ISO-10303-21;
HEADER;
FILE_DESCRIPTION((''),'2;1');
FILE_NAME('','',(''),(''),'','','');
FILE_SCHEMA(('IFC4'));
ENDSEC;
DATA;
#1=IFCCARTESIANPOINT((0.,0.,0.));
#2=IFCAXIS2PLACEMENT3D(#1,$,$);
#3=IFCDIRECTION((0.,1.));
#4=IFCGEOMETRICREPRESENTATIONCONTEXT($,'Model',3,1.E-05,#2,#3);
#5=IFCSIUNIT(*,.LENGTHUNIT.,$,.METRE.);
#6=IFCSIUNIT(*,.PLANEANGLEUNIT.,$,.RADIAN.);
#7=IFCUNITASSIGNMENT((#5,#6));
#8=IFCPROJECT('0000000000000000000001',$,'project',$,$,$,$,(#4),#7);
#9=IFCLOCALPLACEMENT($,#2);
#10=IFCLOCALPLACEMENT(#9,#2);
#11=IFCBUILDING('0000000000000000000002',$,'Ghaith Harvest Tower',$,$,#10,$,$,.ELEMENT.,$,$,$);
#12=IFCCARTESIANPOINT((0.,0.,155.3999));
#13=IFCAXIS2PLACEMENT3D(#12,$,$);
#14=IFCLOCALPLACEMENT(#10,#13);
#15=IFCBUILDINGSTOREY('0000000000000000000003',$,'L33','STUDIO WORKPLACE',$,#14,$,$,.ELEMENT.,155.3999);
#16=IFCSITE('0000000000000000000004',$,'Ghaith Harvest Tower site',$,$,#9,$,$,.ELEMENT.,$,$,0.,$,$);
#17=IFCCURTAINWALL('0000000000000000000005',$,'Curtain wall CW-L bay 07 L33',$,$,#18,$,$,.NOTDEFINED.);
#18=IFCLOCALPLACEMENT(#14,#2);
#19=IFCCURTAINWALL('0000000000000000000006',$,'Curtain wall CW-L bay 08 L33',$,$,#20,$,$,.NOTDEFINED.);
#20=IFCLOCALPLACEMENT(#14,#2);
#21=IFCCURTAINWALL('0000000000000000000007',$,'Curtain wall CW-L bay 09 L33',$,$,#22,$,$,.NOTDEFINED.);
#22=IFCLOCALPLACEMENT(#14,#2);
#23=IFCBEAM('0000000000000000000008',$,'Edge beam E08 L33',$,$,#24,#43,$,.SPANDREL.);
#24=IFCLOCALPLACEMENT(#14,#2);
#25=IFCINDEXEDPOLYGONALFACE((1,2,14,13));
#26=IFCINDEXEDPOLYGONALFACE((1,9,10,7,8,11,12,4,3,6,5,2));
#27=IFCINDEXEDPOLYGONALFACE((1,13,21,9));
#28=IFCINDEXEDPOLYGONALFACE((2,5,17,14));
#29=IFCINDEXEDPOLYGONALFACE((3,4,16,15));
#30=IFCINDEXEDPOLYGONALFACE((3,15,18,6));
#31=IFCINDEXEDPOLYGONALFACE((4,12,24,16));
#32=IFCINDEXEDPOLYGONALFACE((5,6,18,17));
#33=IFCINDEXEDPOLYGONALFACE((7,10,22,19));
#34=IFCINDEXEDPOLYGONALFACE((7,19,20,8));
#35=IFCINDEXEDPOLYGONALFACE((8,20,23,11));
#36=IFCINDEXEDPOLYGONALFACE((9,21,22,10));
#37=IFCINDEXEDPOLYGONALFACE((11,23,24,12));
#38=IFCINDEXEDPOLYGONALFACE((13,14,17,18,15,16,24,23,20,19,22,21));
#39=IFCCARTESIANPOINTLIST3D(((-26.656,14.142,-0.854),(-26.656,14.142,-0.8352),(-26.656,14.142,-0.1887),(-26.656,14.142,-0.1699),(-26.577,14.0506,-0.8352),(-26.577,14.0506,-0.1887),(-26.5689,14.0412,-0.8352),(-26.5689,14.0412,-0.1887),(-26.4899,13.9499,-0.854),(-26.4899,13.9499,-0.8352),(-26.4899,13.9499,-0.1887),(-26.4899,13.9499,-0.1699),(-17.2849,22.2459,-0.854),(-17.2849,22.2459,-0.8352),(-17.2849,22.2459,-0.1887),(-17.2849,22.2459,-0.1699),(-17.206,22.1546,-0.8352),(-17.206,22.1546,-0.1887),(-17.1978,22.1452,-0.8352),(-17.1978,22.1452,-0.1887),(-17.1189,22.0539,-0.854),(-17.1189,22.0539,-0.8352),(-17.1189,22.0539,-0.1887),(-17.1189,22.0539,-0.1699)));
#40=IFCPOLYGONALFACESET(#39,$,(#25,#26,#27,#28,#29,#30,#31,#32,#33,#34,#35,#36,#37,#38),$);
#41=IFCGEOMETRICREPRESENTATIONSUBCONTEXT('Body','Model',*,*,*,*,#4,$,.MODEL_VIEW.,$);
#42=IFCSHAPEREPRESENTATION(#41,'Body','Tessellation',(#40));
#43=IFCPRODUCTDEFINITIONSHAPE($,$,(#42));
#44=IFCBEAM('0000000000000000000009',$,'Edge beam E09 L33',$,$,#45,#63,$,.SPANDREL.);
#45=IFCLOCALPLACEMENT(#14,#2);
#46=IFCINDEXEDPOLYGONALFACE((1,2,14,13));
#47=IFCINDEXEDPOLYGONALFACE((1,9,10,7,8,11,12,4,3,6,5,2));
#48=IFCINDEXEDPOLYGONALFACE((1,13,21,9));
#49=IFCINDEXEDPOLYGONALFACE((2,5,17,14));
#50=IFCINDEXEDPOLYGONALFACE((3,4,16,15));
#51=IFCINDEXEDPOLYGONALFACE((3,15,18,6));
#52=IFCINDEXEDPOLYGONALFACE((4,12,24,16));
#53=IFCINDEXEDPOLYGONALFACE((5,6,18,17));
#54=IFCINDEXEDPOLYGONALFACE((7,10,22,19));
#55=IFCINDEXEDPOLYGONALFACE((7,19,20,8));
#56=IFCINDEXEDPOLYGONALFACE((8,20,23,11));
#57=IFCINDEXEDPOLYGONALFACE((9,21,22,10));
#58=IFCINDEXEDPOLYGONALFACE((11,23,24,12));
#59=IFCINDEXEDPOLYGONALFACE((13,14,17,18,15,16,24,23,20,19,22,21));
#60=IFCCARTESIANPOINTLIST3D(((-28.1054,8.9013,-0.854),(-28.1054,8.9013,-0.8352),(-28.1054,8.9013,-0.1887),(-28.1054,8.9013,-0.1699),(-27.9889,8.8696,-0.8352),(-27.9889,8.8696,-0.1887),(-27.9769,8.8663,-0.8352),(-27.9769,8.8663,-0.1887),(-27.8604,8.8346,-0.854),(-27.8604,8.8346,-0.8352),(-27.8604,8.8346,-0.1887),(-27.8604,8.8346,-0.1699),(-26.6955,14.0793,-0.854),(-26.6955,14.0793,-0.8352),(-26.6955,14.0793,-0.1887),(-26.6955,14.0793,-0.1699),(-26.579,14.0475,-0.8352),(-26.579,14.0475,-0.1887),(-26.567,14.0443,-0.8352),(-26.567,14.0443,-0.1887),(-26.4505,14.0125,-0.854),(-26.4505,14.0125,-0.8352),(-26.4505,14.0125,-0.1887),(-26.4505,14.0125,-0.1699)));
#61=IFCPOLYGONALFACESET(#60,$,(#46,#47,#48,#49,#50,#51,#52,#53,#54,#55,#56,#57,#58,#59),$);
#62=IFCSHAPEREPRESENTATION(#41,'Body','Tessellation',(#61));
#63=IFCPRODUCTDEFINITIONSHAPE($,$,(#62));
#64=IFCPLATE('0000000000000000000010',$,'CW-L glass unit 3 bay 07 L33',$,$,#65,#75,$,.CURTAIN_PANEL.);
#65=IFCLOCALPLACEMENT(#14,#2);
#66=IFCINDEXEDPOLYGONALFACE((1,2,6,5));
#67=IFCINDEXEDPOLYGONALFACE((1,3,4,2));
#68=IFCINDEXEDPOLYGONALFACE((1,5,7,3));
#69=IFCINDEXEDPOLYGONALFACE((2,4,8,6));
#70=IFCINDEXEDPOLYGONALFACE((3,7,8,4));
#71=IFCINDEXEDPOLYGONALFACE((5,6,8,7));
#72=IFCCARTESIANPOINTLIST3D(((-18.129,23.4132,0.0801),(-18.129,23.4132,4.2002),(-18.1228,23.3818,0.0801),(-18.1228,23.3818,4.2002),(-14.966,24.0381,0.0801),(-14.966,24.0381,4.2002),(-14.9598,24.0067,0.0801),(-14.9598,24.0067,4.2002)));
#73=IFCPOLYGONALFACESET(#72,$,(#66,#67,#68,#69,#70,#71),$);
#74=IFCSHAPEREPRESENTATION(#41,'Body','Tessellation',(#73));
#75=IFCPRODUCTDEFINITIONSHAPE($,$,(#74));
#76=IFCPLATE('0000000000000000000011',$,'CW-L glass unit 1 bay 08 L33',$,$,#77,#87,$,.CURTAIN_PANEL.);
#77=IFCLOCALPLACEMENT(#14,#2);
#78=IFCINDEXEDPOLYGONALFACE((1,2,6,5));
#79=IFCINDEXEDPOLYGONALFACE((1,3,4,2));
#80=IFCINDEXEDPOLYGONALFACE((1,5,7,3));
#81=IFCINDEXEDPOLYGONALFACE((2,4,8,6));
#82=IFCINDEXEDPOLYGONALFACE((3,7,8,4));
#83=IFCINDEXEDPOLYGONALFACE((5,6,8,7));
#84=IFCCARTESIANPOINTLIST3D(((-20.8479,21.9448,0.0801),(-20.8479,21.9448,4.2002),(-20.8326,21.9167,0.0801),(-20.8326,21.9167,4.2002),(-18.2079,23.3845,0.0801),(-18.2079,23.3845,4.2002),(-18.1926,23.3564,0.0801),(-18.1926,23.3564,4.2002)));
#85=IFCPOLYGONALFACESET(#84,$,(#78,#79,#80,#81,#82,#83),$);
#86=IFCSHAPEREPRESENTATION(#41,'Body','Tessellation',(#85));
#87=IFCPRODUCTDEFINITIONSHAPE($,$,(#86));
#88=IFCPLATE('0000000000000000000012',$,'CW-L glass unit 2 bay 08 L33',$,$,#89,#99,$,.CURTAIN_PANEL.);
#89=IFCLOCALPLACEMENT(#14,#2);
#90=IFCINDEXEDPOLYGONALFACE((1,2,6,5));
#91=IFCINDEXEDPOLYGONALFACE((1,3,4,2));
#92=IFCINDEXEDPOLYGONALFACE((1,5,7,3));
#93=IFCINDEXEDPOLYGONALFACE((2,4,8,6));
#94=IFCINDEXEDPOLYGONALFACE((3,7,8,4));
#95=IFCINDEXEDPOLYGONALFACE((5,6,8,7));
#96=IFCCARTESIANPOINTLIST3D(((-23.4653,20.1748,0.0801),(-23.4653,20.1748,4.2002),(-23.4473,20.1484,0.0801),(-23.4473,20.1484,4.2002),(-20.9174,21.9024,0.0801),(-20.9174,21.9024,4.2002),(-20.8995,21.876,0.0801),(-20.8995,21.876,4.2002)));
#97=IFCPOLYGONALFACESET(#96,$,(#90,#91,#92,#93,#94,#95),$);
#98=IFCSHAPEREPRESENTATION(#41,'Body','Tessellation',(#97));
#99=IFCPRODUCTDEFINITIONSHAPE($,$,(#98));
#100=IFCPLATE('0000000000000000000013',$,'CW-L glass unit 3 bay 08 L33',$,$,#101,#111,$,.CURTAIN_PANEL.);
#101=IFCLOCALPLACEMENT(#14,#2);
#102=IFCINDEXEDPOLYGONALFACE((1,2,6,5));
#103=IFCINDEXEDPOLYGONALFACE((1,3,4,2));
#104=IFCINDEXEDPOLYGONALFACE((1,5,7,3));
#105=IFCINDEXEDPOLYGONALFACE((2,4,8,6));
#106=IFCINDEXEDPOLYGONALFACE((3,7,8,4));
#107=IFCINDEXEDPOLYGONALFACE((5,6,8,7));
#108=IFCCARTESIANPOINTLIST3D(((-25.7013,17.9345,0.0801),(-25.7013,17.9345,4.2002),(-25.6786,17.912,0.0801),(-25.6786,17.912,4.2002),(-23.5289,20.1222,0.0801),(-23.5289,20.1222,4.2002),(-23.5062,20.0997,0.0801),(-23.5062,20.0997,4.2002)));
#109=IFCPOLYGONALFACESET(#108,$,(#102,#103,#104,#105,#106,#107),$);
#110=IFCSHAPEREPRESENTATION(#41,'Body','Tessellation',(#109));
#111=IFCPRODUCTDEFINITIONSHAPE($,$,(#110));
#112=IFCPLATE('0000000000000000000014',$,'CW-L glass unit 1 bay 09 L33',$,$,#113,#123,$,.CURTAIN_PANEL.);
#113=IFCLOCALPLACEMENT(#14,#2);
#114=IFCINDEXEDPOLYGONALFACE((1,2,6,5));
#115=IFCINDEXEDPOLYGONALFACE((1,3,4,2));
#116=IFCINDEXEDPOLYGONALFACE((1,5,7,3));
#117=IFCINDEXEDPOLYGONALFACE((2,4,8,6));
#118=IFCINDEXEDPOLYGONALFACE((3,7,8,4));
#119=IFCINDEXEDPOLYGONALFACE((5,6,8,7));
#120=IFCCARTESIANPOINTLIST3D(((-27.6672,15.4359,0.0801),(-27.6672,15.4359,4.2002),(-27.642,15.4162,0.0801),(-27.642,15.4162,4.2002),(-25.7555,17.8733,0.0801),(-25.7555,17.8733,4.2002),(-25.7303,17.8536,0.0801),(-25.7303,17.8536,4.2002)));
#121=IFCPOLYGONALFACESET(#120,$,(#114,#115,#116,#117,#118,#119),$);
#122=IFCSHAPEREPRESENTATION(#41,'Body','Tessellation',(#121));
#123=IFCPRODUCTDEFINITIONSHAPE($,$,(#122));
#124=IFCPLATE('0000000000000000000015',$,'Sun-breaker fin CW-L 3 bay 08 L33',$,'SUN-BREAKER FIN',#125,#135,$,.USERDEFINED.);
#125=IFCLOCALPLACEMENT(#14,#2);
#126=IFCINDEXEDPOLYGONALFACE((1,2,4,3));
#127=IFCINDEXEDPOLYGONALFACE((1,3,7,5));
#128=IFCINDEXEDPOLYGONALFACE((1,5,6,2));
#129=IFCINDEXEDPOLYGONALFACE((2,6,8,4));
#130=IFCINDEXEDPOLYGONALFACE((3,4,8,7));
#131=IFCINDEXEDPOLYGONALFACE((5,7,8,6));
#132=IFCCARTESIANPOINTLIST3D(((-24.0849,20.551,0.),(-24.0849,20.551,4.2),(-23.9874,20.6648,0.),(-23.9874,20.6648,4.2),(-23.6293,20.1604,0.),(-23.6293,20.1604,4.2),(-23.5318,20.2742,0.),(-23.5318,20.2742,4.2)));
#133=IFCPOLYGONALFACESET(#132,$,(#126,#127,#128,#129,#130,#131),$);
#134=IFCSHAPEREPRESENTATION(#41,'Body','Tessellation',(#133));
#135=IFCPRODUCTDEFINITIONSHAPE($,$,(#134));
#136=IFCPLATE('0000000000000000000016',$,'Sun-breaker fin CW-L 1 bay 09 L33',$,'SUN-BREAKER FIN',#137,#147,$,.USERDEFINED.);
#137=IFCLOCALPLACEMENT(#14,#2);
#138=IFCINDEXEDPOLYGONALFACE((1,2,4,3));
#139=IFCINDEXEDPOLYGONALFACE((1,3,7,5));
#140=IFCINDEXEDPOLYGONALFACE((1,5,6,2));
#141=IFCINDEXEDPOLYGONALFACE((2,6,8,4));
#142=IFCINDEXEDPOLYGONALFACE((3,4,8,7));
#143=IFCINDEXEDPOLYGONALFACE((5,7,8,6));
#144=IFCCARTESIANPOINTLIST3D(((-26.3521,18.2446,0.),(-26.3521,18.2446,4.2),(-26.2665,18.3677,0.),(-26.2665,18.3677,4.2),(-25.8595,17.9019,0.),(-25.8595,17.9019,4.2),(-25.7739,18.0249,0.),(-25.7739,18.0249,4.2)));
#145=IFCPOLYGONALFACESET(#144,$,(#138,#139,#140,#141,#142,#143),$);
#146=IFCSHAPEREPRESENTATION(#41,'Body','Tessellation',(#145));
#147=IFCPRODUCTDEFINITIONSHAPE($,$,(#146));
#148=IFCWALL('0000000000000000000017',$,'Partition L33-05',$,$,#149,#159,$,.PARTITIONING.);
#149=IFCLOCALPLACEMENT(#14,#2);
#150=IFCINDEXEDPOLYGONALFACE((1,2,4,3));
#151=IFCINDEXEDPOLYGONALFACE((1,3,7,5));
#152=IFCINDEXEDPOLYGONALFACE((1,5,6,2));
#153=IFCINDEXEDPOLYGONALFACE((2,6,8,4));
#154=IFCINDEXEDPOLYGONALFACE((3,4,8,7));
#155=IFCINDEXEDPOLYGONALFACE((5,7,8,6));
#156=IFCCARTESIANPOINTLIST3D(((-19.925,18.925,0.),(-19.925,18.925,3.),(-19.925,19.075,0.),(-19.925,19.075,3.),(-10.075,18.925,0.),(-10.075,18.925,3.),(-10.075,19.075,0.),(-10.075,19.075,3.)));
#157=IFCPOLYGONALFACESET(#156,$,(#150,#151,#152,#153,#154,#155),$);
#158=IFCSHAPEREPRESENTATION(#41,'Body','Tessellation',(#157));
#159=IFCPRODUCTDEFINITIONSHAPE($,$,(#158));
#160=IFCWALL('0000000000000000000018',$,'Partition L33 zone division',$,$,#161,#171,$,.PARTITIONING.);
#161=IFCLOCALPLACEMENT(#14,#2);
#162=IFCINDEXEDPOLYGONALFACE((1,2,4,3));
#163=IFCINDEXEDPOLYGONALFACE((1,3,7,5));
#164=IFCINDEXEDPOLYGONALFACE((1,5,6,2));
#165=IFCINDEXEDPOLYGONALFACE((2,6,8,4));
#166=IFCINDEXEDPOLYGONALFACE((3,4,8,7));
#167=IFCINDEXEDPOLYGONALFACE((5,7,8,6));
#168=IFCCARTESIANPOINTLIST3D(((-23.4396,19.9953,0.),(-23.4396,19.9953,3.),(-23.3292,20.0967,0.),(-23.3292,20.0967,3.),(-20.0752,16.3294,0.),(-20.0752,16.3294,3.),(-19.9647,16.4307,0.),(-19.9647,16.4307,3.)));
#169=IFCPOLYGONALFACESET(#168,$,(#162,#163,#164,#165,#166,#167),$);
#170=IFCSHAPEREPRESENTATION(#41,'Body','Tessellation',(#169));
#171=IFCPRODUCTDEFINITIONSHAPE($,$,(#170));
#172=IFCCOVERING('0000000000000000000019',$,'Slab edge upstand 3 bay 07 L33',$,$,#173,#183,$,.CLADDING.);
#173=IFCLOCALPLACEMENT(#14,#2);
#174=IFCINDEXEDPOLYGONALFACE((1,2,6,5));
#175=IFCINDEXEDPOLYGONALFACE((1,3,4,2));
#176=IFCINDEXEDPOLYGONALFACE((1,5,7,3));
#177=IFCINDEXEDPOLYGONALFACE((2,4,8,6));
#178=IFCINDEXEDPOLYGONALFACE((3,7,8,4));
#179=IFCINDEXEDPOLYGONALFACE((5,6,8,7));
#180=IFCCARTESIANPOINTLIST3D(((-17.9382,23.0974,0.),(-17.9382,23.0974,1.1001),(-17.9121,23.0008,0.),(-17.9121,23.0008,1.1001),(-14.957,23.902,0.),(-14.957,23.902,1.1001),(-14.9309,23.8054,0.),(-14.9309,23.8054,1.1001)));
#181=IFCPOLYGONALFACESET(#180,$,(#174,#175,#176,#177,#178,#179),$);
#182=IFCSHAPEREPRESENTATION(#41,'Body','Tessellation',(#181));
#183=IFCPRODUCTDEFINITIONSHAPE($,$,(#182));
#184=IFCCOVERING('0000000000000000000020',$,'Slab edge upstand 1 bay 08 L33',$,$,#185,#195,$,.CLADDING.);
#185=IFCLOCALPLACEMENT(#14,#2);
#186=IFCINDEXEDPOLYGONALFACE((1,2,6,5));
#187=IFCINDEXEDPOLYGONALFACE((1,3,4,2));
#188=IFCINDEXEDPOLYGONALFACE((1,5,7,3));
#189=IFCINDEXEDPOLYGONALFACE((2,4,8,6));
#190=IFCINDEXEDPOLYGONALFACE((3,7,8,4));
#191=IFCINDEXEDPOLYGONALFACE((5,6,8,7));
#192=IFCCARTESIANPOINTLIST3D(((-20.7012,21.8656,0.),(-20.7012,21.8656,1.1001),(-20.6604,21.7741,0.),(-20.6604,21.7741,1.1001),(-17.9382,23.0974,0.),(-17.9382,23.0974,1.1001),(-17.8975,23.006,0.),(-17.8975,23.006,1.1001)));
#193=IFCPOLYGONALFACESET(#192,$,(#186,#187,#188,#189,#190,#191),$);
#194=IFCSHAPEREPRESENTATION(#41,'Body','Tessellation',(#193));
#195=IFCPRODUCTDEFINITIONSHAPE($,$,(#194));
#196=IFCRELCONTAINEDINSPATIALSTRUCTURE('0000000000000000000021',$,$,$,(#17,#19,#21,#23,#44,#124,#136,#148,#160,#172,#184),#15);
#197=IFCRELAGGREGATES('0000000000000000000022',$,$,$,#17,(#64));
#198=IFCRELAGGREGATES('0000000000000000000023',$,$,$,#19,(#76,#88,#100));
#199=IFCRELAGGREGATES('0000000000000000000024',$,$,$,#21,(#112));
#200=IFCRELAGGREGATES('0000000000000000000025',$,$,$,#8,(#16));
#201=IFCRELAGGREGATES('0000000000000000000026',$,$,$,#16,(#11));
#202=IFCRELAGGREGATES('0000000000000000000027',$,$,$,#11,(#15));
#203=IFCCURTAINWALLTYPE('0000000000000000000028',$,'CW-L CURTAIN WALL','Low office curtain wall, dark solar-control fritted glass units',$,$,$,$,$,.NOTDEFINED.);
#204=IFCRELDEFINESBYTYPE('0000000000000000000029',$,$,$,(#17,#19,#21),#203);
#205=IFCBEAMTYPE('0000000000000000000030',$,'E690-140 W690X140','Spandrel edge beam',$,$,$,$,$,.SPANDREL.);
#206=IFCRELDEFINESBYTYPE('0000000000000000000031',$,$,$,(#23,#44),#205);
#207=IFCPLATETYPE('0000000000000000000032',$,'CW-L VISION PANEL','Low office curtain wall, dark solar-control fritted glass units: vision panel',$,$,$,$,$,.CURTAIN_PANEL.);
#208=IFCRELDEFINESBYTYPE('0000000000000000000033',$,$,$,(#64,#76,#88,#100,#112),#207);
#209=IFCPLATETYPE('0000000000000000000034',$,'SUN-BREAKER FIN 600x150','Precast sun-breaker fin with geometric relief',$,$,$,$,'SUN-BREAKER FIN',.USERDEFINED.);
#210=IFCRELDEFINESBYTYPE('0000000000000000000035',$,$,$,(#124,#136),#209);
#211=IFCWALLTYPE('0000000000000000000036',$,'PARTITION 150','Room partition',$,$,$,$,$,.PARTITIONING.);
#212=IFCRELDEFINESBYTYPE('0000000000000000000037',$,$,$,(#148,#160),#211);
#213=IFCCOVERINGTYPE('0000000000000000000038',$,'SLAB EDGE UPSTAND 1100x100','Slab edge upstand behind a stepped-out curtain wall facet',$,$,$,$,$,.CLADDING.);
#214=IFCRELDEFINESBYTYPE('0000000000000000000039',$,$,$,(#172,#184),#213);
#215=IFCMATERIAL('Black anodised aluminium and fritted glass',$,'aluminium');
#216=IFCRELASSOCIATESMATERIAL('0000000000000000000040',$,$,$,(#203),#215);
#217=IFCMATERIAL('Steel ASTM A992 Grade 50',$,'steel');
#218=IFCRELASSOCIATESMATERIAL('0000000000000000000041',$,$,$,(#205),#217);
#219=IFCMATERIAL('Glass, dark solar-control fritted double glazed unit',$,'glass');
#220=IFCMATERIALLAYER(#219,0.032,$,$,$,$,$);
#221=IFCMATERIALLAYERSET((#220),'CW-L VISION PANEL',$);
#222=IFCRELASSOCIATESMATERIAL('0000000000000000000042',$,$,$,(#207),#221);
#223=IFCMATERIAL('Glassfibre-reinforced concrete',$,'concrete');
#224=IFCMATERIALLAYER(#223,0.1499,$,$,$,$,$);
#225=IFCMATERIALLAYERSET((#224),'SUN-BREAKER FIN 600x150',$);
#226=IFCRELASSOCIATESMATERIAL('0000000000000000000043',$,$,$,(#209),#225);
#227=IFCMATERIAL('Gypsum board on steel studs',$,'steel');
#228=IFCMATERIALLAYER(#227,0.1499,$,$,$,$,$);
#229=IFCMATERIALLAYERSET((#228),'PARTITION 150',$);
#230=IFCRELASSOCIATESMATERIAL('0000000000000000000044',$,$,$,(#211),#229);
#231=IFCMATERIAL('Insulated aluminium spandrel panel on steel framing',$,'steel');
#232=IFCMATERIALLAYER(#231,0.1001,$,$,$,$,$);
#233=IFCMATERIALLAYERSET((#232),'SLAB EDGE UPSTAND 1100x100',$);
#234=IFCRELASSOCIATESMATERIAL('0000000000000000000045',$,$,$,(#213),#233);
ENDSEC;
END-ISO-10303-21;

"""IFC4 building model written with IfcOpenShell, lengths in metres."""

from ifc_helpers import new_model, si_unit, direction, frame, frame_2d, origin, origin_2d, place, context, subcontext, project, spatial, rectangle, i_section, extrude, material, layer, layer_set, material_profile, profile_set, type_object, element, aggregate, save


model = new_model("IFC4")

# Units and contexts
model_context = context("Model", 3, precision=1e-05, world=origin(), true_north=direction((0.0, 1.0)))
body_context = subcontext(model_context, "Body", "Model", "MODEL_VIEW")
ifc_project = project(units=[si_unit("LENGTHUNIT", "METRE"), si_unit("PLANEANGLEUNIT", "RADIAN")], contexts=[model_context])

# Site, building, storey
site_placement = place(None, origin())
site = spatial("IfcSite", under=ifc_project, at=site_placement, Name="Ghaith Harvest Tower site", CompositionType="ELEMENT", RefElevation=0.0)
building_placement = place(site_placement, origin())
building = spatial("IfcBuilding", under=site, at=building_placement, Name="Ghaith Harvest Tower", CompositionType="ELEMENT")
storey_placement = place(building_placement, frame((0.0, 0.0, 155.3999)))
storey = spatial("IfcBuildingStorey", under=building, at=storey_placement, Name="L33", Description="STUDIO WORKPLACE", CompositionType="ELEMENT", Elevation=155.3999)

# Curtain wall
ifc_material_1 = material(Name="Black anodised aluminium and fritted glass", Category="aluminium")
curtain_wall_type = type_object("IfcCurtainWallType", Name="CW-L CURTAIN WALL", Description="Low office curtain wall, dark solar-control fritted glass units", PredefinedType="NOTDEFINED", material=ifc_material_1)
curtain_wall_1_placement = place(storey_placement, origin())
curtain_wall_1 = element("IfcCurtainWall", 1, at=curtain_wall_1_placement, inside=storey, type_object=curtain_wall_type, Name="Curtain wall CW-L bay 07 L33", PredefinedType="NOTDEFINED")

# Curtain walls
curtain_wall_2_placement = place(storey_placement, origin())
curtain_wall_2 = element("IfcCurtainWall", 2, at=curtain_wall_2_placement, inside=storey, type_object=curtain_wall_type, Name="Curtain wall CW-L bay 08 L33", PredefinedType="NOTDEFINED")
curtain_wall_3_placement = place(storey_placement, origin())
curtain_wall_3 = element("IfcCurtainWall", 3, at=curtain_wall_3_placement, inside=storey, type_object=curtain_wall_type, Name="Curtain wall CW-L bay 09 L33", PredefinedType="NOTDEFINED")

# Beams
ifc_material_2 = material(Name="Steel ASTM A992 Grade 50", Category="steel")
ifc_material_profile_1 = material_profile(ifc_material_2, i_section(OverallWidth=0.2539, OverallDepth=0.6841, WebThickness=0.0125, FlangeThickness=0.0188, at=origin_2d()), Name="W690X140")
ifc_profile_set_1 = profile_set([ifc_material_profile_1], Name="Steel ASTM A992 Grade 50")
beam_type = type_object("IfcBeamType", Name="E690-140 W690X140", Description="Spandrel edge beam", PredefinedType="SPANDREL", material=ifc_profile_set_1)
beam_1_placement = place(storey_placement, frame((-17.2019, 22.1499, -0.512), z_axis=(-0.756392, -0.654118, 0.0), x_axis=(0.654118, -0.756392, 0.0)))
element("IfcBeam", 4, at=beam_1_placement, inside=storey, type_object=beam_type, Name="Edge beam E08 L33", PredefinedType="SPANDREL", context=body_context, shape_type="SweptSolid", body=[
    extrude(i_section(OverallWidth=0.2539, OverallDepth=0.6841, WebThickness=0.0125, FlangeThickness=0.0188, at=origin_2d()), origin(), (0.0, 0.0, 1.0), 12.3892),
])
beam_2_placement = place(storey_placement, frame((-26.573, 14.0459, -0.512), z_axis=(-0.262725, -0.964871, 0.0), x_axis=(0.964871, -0.262725, 0.0)))
element("IfcBeam", 5, at=beam_2_placement, inside=storey, type_object=beam_type, Name="Edge beam E09 L33", PredefinedType="SPANDREL", context=body_context, shape_type="SweptSolid", body=[
    extrude(i_section(OverallWidth=0.2539, OverallDepth=0.6841, WebThickness=0.0125, FlangeThickness=0.0188, at=origin_2d()), origin(), (0.0, 0.0, 1.0), 5.3665),
])

# Plates
ifc_material_3 = material(Name="Glass, dark solar-control fritted double glazed unit", Category="glass")
ifc_layer_1 = layer(ifc_material_3, 0.032)
ifc_layer_set_1 = layer_set([ifc_layer_1], Name="CW-L VISION PANEL")
plate_type_1 = type_object("IfcPlateType", Name="CW-L VISION PANEL", Description="Low office curtain wall, dark solar-control fritted glass units: vision panel", PredefinedType="CURTAIN_PANEL", material=ifc_layer_set_1)
plate_1_placement = place(storey_placement, frame((-16.5444, 23.71, 0.0801), z_axis=(0.0, 0.0, 1.0), x_axis=(-0.981038, -0.193818, 0.0)))
plate_1 = element("IfcPlate", 6, at=plate_1_placement, type_object=plate_type_1, Name="CW-L glass unit 3 bay 07 L33", PredefinedType="CURTAIN_PANEL", context=body_context, shape_type="SweptSolid", body=[
    extrude(rectangle(XDim=3.2241, YDim=0.032, at=origin_2d()), origin(), (0.0, 0.0, 1.0), 4.1201),
])
aggregate(curtain_wall_1, [plate_1])
plate_2_placement = place(storey_placement, frame((-19.5203, 22.6506, 0.0801), z_axis=(0.0, 0.0, 1.0), x_axis=(-0.87794, -0.47877, 0.0)))
plate_2 = element("IfcPlate", 7, at=plate_2_placement, type_object=plate_type_1, Name="CW-L glass unit 1 bay 08 L33", PredefinedType="CURTAIN_PANEL", context=body_context, shape_type="SweptSolid", body=[
    extrude(rectangle(XDim=3.0071, YDim=0.032, at=origin_2d()), origin(), (0.0, 0.0, 1.0), 4.1201),
])
plate_3_placement = place(storey_placement, frame((-22.1824, 21.0254, 0.0801), z_axis=(0.0, 0.0, 1.0), x_axis=(-0.827675, -0.561208, 0.0)))
plate_3 = element("IfcPlate", 8, at=plate_3_placement, type_object=plate_type_1, Name="CW-L glass unit 2 bay 08 L33", PredefinedType="CURTAIN_PANEL", context=body_context, shape_type="SweptSolid", body=[
    extrude(rectangle(XDim=3.0784, YDim=0.032, at=origin_2d()), origin(), (0.0, 0.0, 1.0), 4.1201),
])
plate_4_placement = place(storey_placement, frame((-24.6038, 19.0171, 0.0801), z_axis=(0.0, 0.0, 1.0), x_axis=(-0.704614, -0.709591, 0.0)))
plate_4 = element("IfcPlate", 9, at=plate_4_placement, type_object=plate_type_1, Name="CW-L glass unit 3 bay 08 L33", PredefinedType="CURTAIN_PANEL", context=body_context, shape_type="SweptSolid", body=[
    extrude(rectangle(XDim=3.083, YDim=0.032, at=origin_2d()), origin(), (0.0, 0.0, 1.0), 4.1201),
])
aggregate(curtain_wall_2, [plate_2, plate_3, plate_4])
plate_5_placement = place(storey_placement, frame((-26.6987, 16.6448, 0.0801), z_axis=(0.0, 0.0, 1.0), x_axis=(-0.617141, -0.786853, 0.0)))
plate_5 = element("IfcPlate", 10, at=plate_5_placement, type_object=plate_type_1, Name="CW-L glass unit 1 bay 09 L33", PredefinedType="CURTAIN_PANEL", context=body_context, shape_type="SweptSolid", body=[
    extrude(rectangle(XDim=3.0977, YDim=0.032, at=origin_2d()), origin(), (0.0, 0.0, 1.0), 4.1201),
])
aggregate(curtain_wall_3, [plate_5])

# Plates
ifc_material_4 = material(Name="Glassfibre-reinforced concrete", Category="concrete")
ifc_layer_2 = layer(ifc_material_4, 0.1499)
ifc_layer_set_2 = layer_set([ifc_layer_2], Name="SUN-BREAKER FIN 600x150")
plate_type_2 = type_object("IfcPlateType", Name="SUN-BREAKER FIN 600x150", Description="Precast sun-breaker fin with geometric relief", ElementType="SUN-BREAKER FIN", PredefinedType="USERDEFINED", material=ifc_layer_set_2)
for number, where, z_axis, x_axis, name in (
    (11, (-23.8083, 20.4126, 0.0), (0.0, 0.0, 1.0), (-0.75917, 0.650893, 0.0), "Sun-breaker fin CW-L 3 bay 08 L33"),
    (12, (-26.063, 18.1348, 0.0), (0.0, 0.0, 1.0), (-0.820845, 0.57115, 0.0), "Sun-breaker fin CW-L 1 bay 09 L33"),
):
    element("IfcPlate", number, at=place(storey_placement, frame(where, z_axis=z_axis, x_axis=x_axis)), inside=storey, type_object=plate_type_2, Name=name, ObjectType="SUN-BREAKER FIN", PredefinedType="USERDEFINED", context=body_context, shape_type="SweptSolid", body=[
        extrude(rectangle(XDim=0.6001, YDim=0.1499, at=origin_2d()), origin(), (0.0, 0.0, 1.0), 4.2),
    ])

# Walls
ifc_material_5 = material(Name="Gypsum board on steel studs", Category="steel")
ifc_layer_3 = layer(ifc_material_5, 0.1499)
ifc_layer_set_3 = layer_set([ifc_layer_3], Name="PARTITION 150")
wall_type = type_object("IfcWallType", Name="PARTITION 150", Description="Room partition", PredefinedType="PARTITIONING", material=ifc_layer_set_3)
wall_1_placement = place(storey_placement, frame((-19.925, 19.0, 0.0), z_axis=(0.0, 0.0, 1.0), x_axis=(1.0, 0.0, 0.0)))
element("IfcWall", 13, at=wall_1_placement, inside=storey, type_object=wall_type, Name="Partition L33-05", PredefinedType="PARTITIONING", context=body_context, shape_type="SweptSolid", body=[
    extrude(rectangle(XDim=9.8501, YDim=0.1499, at=frame_2d((4.925, 0.0))), origin(), (0.0, 0.0, 1.0), 3.0),
])
wall_2_placement = place(storey_placement, frame((-20.02, 16.3801, 0.0), z_axis=(0.0, 0.0, 1.0), x_axis=(-0.67616, 0.736755, 0.0)))
element("IfcWall", 14, at=wall_2_placement, inside=storey, type_object=wall_type, Name="Partition L33 zone division", PredefinedType="PARTITIONING", context=body_context, shape_type="SweptSolid", body=[
    extrude(rectangle(XDim=4.9758, YDim=0.1499, at=frame_2d((2.4878, 0.0))), origin(), (0.0, 0.0, 1.0), 3.0),
])

# Coverings
ifc_material_6 = material(Name="Insulated aluminium spandrel panel on steel framing", Category="steel")
ifc_layer_4 = layer(ifc_material_6, 0.1001)
ifc_layer_set_4 = layer_set([ifc_layer_4], Name="SLAB EDGE UPSTAND 1100x100")
covering_type = type_object("IfcCoveringType", Name="SLAB EDGE UPSTAND 1100x100", Description="Slab edge upstand behind a stepped-out curtain wall facet", PredefinedType="CLADDING", material=ifc_layer_set_4)
covering_1_placement = place(storey_placement, frame((-16.4346, 23.4514, 0.0), z_axis=(0.0, 0.0, 1.0), x_axis=(-0.965455, -0.26057, 0.0)))
element("IfcCovering", 15, at=covering_1_placement, inside=storey, type_object=covering_type, Name="Slab edge upstand 3 bay 07 L33", PredefinedType="CLADDING", context=body_context, shape_type="SweptSolid", body=[
    extrude(rectangle(XDim=3.0879, YDim=0.1001, at=origin_2d()), origin(), (0.0, 0.0, 1.0), 1.1001),
])
covering_2_placement = place(storey_placement, frame((-19.2993, 22.4358, 0.0), z_axis=(0.0, 0.0, 1.0), x_axis=(-0.913335, -0.40721, 0.0)))
element("IfcCovering", 16, at=covering_2_placement, inside=storey, type_object=covering_type, Name="Slab edge upstand 1 bay 08 L33", PredefinedType="CLADDING", context=body_context, shape_type="SweptSolid", body=[
    extrude(rectangle(XDim=3.0251, YDim=0.1001, at=origin_2d()), origin(), (0.0, 0.0, 1.0), 1.1001),
])

save(model, "model.ifc")
